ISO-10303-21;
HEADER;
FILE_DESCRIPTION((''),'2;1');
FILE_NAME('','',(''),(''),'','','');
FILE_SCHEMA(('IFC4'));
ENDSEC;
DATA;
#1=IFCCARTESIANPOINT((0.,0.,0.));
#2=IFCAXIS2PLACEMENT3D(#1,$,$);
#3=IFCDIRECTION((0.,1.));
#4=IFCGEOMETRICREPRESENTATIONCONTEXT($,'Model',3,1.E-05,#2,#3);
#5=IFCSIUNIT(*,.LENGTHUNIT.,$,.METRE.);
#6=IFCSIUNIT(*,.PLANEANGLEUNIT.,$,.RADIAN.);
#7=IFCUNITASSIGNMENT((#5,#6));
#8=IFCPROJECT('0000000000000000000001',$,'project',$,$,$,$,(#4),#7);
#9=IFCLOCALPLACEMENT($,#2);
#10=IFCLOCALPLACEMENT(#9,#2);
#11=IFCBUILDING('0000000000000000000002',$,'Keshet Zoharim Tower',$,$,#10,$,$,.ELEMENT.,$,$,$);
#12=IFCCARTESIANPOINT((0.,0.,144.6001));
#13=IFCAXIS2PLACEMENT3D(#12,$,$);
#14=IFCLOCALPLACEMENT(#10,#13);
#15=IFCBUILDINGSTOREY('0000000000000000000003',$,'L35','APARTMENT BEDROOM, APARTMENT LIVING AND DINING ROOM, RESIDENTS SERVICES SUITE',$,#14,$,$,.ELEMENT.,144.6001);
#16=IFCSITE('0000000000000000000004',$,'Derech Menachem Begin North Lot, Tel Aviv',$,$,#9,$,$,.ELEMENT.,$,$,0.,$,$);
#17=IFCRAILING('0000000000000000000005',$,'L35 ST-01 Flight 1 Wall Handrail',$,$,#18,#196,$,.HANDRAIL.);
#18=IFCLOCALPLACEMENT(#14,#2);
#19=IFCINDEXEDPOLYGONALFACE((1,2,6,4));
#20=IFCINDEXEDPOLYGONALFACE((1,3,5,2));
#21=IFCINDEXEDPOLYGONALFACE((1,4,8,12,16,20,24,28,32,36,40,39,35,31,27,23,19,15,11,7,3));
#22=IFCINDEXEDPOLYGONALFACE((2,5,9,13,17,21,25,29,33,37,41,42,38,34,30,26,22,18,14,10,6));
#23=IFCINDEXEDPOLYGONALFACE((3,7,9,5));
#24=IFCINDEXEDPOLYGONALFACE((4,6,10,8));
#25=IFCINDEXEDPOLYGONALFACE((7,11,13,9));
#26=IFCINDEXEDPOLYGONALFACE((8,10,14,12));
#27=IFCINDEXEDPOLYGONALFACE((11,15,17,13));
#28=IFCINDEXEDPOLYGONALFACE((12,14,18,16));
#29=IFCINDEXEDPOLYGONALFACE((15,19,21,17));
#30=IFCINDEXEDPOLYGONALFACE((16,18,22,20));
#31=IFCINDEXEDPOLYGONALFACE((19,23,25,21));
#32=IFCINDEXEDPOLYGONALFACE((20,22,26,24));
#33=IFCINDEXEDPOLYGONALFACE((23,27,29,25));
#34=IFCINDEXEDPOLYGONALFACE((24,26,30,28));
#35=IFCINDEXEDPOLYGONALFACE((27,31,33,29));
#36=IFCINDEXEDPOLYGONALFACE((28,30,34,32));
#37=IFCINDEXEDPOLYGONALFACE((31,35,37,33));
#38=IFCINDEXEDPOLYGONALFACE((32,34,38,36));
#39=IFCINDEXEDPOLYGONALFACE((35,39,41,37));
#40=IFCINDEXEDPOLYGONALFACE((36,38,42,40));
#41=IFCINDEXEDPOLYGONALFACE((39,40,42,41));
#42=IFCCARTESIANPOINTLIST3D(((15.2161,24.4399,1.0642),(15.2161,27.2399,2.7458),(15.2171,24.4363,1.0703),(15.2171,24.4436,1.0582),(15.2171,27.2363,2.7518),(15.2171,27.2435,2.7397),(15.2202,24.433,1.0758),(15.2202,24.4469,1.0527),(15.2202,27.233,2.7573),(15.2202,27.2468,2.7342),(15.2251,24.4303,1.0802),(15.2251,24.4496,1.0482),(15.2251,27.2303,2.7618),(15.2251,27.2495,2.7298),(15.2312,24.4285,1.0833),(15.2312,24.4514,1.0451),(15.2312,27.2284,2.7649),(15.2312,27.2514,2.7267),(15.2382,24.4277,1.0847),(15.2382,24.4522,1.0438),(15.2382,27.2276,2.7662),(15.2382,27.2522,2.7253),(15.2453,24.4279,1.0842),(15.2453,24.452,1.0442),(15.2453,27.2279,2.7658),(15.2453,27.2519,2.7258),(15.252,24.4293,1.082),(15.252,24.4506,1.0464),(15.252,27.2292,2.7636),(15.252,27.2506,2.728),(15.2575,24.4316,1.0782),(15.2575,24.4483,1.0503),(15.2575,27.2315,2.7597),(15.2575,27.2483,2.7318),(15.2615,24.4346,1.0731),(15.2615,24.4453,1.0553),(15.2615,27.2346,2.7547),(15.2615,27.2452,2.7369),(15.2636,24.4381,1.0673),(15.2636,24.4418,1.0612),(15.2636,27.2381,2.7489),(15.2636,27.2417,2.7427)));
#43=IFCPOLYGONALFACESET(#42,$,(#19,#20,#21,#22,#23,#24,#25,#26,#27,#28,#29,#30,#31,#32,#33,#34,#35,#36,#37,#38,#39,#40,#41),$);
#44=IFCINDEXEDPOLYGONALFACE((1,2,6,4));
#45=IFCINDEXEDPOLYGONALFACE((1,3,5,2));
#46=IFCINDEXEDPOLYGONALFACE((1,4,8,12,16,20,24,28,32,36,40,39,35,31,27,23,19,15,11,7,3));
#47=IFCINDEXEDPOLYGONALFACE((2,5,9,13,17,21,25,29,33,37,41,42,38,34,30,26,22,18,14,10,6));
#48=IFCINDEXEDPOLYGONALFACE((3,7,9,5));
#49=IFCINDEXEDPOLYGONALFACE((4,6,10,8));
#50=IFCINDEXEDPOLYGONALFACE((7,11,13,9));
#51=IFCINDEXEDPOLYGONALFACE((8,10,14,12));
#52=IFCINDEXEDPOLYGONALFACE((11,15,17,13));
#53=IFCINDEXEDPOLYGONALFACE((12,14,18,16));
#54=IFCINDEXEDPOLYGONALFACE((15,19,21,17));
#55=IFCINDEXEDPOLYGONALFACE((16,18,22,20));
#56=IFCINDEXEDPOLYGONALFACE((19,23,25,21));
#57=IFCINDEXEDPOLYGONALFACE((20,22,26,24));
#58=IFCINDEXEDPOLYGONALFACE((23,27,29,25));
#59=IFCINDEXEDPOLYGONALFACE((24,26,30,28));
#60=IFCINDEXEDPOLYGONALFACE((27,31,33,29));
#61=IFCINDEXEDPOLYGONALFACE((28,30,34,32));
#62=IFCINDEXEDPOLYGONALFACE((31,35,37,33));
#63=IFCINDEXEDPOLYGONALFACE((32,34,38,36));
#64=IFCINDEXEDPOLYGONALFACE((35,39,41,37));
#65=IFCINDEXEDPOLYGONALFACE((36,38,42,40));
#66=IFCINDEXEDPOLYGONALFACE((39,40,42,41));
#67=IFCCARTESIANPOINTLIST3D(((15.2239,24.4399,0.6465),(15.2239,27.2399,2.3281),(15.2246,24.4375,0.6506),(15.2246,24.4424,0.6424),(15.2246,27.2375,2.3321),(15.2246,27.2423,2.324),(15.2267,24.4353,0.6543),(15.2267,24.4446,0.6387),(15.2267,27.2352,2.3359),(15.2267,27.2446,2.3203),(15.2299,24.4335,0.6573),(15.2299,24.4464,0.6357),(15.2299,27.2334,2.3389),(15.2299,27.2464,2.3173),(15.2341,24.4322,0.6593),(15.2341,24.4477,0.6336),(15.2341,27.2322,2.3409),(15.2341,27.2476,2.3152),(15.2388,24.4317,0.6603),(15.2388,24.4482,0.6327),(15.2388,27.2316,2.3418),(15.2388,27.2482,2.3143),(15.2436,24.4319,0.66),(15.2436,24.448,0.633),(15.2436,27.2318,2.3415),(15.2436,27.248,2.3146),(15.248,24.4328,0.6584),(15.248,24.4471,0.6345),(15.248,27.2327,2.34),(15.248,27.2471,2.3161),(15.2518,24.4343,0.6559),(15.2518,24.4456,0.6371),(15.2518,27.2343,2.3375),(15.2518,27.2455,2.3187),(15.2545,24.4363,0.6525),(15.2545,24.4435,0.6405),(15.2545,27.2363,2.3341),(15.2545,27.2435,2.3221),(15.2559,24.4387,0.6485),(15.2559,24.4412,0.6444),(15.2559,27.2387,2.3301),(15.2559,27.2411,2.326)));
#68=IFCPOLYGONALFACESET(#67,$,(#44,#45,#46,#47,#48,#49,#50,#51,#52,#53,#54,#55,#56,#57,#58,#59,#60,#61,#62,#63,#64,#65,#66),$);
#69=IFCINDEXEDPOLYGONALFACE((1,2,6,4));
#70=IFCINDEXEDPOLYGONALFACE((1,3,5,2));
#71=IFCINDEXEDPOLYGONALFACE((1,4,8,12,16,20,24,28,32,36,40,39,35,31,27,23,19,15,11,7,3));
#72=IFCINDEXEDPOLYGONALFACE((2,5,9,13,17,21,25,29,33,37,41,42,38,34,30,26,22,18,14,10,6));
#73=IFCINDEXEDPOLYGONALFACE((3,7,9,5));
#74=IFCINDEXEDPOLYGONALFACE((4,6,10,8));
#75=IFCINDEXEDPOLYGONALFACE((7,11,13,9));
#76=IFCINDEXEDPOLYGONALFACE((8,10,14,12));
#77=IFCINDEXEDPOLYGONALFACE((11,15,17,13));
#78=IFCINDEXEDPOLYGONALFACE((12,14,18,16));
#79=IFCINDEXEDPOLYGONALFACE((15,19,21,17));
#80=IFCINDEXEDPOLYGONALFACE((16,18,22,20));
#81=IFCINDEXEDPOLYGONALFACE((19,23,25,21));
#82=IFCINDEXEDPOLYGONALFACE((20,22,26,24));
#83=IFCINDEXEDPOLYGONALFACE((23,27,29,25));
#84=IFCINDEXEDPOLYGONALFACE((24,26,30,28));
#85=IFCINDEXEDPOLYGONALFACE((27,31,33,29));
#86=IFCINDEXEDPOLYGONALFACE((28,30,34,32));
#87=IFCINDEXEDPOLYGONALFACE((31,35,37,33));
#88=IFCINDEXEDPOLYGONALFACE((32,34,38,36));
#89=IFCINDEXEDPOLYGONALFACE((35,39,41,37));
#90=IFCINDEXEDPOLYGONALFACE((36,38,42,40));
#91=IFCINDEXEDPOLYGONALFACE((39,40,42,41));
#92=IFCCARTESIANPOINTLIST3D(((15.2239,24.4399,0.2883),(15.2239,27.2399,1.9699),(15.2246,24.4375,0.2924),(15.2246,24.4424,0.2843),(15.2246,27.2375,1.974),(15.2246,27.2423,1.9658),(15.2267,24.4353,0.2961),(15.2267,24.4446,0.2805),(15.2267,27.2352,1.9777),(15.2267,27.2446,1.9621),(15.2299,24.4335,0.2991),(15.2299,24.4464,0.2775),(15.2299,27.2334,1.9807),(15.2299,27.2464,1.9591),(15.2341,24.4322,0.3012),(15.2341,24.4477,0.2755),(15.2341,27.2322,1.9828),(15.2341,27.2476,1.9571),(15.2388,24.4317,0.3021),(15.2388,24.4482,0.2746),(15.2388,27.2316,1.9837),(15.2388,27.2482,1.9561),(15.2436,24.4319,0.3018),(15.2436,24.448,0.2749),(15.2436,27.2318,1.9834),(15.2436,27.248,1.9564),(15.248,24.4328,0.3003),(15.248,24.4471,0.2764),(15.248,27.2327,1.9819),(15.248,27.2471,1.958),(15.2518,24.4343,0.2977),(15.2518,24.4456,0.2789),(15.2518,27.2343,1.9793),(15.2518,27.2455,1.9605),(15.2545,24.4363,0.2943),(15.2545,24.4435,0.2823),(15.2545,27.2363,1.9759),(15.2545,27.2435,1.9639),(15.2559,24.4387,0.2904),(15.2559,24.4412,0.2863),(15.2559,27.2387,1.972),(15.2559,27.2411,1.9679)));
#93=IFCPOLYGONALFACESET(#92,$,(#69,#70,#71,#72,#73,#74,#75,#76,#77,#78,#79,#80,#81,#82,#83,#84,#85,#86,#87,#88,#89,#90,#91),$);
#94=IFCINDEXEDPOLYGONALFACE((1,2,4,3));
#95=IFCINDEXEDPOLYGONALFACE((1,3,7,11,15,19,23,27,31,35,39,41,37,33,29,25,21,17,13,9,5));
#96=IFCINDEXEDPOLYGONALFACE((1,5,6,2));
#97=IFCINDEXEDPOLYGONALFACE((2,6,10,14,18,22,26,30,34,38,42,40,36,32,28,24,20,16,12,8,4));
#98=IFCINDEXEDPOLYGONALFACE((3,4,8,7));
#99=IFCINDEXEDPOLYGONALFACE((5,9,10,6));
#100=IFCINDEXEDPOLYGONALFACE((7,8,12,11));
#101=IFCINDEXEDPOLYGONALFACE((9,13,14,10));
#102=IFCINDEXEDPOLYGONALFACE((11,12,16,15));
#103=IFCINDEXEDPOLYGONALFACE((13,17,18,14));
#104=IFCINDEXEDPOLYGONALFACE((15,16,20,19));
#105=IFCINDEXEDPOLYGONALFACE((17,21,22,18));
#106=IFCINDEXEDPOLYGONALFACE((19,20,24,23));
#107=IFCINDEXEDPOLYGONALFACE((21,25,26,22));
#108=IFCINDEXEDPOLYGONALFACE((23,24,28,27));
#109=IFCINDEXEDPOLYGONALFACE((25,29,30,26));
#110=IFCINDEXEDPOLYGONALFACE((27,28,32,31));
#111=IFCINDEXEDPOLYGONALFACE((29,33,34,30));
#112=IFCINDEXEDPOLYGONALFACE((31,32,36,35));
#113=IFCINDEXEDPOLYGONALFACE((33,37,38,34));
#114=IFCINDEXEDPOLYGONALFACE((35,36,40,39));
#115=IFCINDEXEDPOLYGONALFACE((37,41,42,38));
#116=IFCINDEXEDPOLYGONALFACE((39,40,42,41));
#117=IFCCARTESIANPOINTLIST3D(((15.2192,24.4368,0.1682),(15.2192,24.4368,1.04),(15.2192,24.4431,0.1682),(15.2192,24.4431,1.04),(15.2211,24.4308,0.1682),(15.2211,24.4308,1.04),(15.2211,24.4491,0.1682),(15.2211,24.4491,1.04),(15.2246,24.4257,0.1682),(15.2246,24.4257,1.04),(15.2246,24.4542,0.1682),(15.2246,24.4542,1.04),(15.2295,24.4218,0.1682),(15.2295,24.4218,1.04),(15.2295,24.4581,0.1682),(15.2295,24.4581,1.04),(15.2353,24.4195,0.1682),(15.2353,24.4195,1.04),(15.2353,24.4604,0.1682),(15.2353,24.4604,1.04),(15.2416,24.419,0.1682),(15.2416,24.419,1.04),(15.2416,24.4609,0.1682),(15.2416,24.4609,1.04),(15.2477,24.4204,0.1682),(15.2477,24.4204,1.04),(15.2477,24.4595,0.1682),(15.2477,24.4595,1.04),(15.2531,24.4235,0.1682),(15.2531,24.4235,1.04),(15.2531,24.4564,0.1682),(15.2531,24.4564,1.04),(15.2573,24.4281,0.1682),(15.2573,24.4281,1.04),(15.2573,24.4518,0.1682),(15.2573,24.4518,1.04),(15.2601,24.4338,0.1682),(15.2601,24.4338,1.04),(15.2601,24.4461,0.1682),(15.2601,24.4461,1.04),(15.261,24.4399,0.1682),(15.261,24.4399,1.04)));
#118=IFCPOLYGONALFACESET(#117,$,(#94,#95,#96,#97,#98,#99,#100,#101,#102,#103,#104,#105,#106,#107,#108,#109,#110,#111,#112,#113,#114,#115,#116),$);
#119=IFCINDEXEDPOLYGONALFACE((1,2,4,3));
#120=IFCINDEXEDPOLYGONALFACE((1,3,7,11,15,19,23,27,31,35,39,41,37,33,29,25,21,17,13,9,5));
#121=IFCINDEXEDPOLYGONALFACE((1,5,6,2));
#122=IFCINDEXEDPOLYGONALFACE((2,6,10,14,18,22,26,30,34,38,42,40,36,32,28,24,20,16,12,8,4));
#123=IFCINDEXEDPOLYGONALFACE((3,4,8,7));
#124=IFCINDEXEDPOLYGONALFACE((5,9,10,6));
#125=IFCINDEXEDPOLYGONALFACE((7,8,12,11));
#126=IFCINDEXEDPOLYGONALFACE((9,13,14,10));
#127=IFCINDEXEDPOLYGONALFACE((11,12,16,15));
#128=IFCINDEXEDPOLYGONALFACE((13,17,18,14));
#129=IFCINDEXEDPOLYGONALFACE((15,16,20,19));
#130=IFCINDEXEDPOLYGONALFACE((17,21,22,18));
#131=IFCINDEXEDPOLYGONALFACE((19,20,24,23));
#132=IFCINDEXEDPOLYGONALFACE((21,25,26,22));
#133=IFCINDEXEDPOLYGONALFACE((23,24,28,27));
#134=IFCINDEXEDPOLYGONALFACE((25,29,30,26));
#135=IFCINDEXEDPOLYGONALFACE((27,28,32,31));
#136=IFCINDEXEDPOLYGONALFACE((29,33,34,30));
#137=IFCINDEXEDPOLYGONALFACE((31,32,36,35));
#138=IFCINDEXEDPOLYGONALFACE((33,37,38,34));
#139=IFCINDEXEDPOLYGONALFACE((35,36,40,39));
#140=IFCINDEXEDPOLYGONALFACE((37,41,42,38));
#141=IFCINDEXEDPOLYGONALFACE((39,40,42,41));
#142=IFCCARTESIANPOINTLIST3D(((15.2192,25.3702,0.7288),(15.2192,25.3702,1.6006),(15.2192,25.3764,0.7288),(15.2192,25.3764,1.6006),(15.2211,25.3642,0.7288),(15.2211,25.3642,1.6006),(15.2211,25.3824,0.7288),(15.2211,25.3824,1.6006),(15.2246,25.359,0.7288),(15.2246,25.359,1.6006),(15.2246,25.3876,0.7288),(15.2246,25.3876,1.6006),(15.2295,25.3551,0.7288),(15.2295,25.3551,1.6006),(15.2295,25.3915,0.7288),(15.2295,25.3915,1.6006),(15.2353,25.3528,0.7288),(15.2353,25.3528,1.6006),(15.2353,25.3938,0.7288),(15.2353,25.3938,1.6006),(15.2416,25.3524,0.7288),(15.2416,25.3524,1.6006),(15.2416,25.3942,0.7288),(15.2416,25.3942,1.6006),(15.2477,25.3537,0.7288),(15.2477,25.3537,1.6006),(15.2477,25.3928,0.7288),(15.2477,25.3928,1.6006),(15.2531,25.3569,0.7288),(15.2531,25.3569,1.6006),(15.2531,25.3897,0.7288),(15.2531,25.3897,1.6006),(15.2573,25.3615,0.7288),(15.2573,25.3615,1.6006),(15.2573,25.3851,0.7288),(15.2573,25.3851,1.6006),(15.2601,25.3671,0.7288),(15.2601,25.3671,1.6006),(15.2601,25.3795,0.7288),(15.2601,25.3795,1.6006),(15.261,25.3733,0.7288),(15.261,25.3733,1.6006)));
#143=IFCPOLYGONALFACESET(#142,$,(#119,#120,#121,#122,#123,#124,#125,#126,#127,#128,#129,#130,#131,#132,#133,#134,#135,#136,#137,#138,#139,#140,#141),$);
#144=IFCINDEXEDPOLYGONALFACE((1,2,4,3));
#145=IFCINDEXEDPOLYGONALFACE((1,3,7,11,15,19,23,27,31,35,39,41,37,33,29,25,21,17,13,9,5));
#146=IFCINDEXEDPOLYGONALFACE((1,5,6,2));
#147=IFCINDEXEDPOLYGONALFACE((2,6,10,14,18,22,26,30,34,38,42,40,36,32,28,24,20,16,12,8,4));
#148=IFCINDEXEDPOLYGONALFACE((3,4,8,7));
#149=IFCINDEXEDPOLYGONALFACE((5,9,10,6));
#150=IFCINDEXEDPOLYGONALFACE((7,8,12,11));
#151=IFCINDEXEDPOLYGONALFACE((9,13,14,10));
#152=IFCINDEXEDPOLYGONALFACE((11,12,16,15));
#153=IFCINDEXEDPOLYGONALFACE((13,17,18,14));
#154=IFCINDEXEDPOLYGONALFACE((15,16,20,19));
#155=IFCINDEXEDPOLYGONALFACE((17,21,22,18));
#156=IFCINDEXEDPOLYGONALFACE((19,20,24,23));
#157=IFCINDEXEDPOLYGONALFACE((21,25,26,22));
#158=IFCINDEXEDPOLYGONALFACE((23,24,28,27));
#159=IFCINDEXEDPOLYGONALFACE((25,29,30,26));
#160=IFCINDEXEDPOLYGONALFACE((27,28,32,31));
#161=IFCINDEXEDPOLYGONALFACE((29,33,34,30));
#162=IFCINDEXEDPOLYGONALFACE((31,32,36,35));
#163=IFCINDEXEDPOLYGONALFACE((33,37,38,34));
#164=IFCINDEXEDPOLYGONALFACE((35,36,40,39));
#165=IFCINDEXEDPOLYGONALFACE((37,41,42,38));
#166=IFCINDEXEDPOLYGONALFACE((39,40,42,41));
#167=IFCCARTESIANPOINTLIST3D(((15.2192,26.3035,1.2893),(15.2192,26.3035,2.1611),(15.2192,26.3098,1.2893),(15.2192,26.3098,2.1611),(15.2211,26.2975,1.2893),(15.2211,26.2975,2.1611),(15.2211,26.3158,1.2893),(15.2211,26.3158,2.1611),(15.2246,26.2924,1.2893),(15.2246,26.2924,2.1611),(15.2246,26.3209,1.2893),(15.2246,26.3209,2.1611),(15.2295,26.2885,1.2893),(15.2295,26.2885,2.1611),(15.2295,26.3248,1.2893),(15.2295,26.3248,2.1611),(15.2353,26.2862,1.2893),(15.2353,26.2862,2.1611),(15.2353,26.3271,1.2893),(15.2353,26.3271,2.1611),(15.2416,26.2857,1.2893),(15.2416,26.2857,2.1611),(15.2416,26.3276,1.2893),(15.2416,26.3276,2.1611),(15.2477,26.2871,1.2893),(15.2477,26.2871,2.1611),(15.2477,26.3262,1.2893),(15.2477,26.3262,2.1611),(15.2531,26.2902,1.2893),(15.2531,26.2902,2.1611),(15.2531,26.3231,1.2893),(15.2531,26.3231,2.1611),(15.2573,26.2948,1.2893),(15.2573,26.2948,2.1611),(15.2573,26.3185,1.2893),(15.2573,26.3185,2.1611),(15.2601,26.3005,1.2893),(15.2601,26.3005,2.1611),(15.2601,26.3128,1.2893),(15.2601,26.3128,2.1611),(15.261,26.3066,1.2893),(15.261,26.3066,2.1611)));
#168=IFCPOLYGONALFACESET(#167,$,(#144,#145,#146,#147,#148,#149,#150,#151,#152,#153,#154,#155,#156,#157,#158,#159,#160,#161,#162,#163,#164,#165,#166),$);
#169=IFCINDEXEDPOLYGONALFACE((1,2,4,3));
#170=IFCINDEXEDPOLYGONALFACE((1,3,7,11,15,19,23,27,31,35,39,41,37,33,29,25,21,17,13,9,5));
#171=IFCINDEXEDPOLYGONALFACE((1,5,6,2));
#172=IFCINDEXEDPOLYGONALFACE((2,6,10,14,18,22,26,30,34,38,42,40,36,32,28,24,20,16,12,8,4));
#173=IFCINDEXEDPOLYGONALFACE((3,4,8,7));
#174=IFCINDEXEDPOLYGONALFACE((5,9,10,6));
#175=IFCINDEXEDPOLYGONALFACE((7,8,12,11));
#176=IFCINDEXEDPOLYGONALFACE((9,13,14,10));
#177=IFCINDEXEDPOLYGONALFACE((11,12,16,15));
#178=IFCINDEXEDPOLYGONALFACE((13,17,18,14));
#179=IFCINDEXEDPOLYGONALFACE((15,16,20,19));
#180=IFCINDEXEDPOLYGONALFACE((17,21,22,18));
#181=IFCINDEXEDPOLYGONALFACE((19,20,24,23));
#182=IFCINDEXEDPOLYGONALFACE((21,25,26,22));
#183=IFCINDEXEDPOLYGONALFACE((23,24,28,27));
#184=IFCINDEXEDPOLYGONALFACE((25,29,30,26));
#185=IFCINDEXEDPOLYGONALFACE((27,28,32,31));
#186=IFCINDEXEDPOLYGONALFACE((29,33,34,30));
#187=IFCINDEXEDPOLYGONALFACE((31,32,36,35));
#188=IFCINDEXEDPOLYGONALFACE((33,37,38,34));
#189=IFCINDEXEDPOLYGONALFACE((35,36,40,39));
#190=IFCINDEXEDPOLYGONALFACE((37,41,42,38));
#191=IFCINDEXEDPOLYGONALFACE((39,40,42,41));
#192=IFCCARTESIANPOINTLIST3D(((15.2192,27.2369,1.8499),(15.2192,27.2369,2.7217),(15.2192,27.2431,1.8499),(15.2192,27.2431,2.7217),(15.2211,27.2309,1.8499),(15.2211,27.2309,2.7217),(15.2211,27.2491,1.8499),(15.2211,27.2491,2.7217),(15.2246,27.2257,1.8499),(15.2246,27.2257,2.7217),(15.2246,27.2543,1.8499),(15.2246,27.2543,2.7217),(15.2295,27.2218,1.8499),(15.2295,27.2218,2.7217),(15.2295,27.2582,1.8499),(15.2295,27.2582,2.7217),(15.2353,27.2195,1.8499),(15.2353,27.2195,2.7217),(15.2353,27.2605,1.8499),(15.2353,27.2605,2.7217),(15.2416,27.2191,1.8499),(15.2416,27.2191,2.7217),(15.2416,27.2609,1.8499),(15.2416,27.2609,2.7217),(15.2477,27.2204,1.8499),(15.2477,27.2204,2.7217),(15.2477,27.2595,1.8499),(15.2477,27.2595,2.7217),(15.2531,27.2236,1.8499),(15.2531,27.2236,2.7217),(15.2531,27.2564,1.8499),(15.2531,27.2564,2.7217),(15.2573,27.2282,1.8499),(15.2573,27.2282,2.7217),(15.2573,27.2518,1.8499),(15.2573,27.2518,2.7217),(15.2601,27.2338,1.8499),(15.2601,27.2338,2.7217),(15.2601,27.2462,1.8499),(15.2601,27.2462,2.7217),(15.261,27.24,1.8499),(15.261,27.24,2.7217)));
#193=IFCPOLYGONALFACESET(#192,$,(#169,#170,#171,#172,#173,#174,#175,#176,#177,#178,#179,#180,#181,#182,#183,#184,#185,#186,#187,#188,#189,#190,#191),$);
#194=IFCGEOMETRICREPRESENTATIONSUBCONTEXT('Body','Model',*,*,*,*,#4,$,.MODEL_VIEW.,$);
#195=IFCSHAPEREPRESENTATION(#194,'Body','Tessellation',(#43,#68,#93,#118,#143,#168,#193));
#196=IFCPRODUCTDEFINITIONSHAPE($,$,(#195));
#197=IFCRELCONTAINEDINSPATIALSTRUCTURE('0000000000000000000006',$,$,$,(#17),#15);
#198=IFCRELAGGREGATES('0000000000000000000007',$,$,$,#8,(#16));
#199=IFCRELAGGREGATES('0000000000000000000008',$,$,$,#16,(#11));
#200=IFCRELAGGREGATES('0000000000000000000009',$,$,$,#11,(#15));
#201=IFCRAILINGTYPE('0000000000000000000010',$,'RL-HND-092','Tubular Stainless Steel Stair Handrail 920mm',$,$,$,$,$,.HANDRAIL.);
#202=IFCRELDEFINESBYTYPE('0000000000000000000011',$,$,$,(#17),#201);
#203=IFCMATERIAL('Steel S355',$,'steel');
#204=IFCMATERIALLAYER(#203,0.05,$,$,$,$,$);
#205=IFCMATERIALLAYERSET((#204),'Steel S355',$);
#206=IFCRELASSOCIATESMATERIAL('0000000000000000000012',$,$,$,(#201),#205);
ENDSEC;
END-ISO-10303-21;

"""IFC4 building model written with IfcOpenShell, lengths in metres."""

from ifc_helpers import new_model, si_unit, direction, frame, origin, origin_2d, place, context, subcontext, project, spatial, circle, extrude, material, layer, layer_set, type_object, element, save


model = new_model("IFC4")

# Units and contexts
model_context = context("Model", 3, precision=1e-05, world=origin(), true_north=direction((0.0, 1.0)))
body_context = subcontext(model_context, "Body", "Model", "MODEL_VIEW")
ifc_project = project(units=[si_unit("LENGTHUNIT", "METRE"), si_unit("PLANEANGLEUNIT", "RADIAN")], contexts=[model_context])

# Site, building, storey
site_placement = place(None, origin())
site = spatial("IfcSite", under=ifc_project, at=site_placement, Name="Derech Menachem Begin North Lot, Tel Aviv", CompositionType="ELEMENT", RefElevation=0.0)
building_placement = place(site_placement, origin())
building = spatial("IfcBuilding", under=site, at=building_placement, Name="Keshet Zoharim Tower", CompositionType="ELEMENT")
storey_placement = place(building_placement, frame((0.0, 0.0, 144.6001)))
storey = spatial("IfcBuildingStorey", under=building, at=storey_placement, Name="L35", Description="APARTMENT BEDROOM, APARTMENT LIVING AND DINING ROOM, RESIDENTS SERVICES SUITE", CompositionType="ELEMENT", Elevation=144.6001)

# Railing
ifc_material_1 = material(Name="Steel S355", Category="steel")
ifc_layer_1 = layer(ifc_material_1, 0.05)
ifc_layer_set_1 = layer_set([ifc_layer_1], Name="Steel S355")
railing_type = type_object("IfcRailingType", Name="RL-HND-092", Description="Tubular Stainless Steel Stair Handrail 920mm", PredefinedType="HANDRAIL", material=ifc_layer_set_1)
railing_placement = place(storey_placement, frame((15.24, 24.4399, 0.1682)))
element("IfcRailing", 1, at=railing_placement, inside=storey, type_object=railing_type, Name="L35 ST-01 Flight 1 Wall Handrail", PredefinedType="HANDRAIL", context=body_context, shape_type="SweptSolid", body=[
    extrude(circle(Radius=0.0239, at=origin_2d()), frame((0.0, 0.0, 0.896), z_axis=(0.0, 0.857275, 0.514858), x_axis=(-1.0, 0.0, 0.0)), (0.0, 0.0, 1.0), 3.2661),
    extrude(circle(Radius=0.0161, at=origin_2d()), frame((0.0, 0.0, 0.4783), z_axis=(0.0, 0.857275, 0.514858), x_axis=(-1.0, 0.0, 0.0)), (0.0, 0.0, 1.0), 3.2661),
    extrude(circle(Radius=0.0161, at=origin_2d()), frame((0.0, 0.0, 0.1201), z_axis=(0.0, 0.857275, 0.514858), x_axis=(-1.0, 0.0, 0.0)), (0.0, 0.0, 1.0), 3.2661),
    extrude(circle(Radius=0.021, at=origin_2d()), origin(), (0.0, 0.0, 1.0), 0.8718),
    extrude(circle(Radius=0.021, at=origin_2d()), frame((0.0, 0.9333, 0.5605)), (0.0, 0.0, 1.0), 0.8718),
    extrude(circle(Radius=0.021, at=origin_2d()), frame((0.0, 1.8667, 1.1211)), (0.0, 0.0, 1.0), 0.8718),
    extrude(circle(Radius=0.021, at=origin_2d()), frame((0.0, 2.8, 1.6816)), (0.0, 0.0, 1.0), 0.8718),
])

save(model, "model.ifc")
